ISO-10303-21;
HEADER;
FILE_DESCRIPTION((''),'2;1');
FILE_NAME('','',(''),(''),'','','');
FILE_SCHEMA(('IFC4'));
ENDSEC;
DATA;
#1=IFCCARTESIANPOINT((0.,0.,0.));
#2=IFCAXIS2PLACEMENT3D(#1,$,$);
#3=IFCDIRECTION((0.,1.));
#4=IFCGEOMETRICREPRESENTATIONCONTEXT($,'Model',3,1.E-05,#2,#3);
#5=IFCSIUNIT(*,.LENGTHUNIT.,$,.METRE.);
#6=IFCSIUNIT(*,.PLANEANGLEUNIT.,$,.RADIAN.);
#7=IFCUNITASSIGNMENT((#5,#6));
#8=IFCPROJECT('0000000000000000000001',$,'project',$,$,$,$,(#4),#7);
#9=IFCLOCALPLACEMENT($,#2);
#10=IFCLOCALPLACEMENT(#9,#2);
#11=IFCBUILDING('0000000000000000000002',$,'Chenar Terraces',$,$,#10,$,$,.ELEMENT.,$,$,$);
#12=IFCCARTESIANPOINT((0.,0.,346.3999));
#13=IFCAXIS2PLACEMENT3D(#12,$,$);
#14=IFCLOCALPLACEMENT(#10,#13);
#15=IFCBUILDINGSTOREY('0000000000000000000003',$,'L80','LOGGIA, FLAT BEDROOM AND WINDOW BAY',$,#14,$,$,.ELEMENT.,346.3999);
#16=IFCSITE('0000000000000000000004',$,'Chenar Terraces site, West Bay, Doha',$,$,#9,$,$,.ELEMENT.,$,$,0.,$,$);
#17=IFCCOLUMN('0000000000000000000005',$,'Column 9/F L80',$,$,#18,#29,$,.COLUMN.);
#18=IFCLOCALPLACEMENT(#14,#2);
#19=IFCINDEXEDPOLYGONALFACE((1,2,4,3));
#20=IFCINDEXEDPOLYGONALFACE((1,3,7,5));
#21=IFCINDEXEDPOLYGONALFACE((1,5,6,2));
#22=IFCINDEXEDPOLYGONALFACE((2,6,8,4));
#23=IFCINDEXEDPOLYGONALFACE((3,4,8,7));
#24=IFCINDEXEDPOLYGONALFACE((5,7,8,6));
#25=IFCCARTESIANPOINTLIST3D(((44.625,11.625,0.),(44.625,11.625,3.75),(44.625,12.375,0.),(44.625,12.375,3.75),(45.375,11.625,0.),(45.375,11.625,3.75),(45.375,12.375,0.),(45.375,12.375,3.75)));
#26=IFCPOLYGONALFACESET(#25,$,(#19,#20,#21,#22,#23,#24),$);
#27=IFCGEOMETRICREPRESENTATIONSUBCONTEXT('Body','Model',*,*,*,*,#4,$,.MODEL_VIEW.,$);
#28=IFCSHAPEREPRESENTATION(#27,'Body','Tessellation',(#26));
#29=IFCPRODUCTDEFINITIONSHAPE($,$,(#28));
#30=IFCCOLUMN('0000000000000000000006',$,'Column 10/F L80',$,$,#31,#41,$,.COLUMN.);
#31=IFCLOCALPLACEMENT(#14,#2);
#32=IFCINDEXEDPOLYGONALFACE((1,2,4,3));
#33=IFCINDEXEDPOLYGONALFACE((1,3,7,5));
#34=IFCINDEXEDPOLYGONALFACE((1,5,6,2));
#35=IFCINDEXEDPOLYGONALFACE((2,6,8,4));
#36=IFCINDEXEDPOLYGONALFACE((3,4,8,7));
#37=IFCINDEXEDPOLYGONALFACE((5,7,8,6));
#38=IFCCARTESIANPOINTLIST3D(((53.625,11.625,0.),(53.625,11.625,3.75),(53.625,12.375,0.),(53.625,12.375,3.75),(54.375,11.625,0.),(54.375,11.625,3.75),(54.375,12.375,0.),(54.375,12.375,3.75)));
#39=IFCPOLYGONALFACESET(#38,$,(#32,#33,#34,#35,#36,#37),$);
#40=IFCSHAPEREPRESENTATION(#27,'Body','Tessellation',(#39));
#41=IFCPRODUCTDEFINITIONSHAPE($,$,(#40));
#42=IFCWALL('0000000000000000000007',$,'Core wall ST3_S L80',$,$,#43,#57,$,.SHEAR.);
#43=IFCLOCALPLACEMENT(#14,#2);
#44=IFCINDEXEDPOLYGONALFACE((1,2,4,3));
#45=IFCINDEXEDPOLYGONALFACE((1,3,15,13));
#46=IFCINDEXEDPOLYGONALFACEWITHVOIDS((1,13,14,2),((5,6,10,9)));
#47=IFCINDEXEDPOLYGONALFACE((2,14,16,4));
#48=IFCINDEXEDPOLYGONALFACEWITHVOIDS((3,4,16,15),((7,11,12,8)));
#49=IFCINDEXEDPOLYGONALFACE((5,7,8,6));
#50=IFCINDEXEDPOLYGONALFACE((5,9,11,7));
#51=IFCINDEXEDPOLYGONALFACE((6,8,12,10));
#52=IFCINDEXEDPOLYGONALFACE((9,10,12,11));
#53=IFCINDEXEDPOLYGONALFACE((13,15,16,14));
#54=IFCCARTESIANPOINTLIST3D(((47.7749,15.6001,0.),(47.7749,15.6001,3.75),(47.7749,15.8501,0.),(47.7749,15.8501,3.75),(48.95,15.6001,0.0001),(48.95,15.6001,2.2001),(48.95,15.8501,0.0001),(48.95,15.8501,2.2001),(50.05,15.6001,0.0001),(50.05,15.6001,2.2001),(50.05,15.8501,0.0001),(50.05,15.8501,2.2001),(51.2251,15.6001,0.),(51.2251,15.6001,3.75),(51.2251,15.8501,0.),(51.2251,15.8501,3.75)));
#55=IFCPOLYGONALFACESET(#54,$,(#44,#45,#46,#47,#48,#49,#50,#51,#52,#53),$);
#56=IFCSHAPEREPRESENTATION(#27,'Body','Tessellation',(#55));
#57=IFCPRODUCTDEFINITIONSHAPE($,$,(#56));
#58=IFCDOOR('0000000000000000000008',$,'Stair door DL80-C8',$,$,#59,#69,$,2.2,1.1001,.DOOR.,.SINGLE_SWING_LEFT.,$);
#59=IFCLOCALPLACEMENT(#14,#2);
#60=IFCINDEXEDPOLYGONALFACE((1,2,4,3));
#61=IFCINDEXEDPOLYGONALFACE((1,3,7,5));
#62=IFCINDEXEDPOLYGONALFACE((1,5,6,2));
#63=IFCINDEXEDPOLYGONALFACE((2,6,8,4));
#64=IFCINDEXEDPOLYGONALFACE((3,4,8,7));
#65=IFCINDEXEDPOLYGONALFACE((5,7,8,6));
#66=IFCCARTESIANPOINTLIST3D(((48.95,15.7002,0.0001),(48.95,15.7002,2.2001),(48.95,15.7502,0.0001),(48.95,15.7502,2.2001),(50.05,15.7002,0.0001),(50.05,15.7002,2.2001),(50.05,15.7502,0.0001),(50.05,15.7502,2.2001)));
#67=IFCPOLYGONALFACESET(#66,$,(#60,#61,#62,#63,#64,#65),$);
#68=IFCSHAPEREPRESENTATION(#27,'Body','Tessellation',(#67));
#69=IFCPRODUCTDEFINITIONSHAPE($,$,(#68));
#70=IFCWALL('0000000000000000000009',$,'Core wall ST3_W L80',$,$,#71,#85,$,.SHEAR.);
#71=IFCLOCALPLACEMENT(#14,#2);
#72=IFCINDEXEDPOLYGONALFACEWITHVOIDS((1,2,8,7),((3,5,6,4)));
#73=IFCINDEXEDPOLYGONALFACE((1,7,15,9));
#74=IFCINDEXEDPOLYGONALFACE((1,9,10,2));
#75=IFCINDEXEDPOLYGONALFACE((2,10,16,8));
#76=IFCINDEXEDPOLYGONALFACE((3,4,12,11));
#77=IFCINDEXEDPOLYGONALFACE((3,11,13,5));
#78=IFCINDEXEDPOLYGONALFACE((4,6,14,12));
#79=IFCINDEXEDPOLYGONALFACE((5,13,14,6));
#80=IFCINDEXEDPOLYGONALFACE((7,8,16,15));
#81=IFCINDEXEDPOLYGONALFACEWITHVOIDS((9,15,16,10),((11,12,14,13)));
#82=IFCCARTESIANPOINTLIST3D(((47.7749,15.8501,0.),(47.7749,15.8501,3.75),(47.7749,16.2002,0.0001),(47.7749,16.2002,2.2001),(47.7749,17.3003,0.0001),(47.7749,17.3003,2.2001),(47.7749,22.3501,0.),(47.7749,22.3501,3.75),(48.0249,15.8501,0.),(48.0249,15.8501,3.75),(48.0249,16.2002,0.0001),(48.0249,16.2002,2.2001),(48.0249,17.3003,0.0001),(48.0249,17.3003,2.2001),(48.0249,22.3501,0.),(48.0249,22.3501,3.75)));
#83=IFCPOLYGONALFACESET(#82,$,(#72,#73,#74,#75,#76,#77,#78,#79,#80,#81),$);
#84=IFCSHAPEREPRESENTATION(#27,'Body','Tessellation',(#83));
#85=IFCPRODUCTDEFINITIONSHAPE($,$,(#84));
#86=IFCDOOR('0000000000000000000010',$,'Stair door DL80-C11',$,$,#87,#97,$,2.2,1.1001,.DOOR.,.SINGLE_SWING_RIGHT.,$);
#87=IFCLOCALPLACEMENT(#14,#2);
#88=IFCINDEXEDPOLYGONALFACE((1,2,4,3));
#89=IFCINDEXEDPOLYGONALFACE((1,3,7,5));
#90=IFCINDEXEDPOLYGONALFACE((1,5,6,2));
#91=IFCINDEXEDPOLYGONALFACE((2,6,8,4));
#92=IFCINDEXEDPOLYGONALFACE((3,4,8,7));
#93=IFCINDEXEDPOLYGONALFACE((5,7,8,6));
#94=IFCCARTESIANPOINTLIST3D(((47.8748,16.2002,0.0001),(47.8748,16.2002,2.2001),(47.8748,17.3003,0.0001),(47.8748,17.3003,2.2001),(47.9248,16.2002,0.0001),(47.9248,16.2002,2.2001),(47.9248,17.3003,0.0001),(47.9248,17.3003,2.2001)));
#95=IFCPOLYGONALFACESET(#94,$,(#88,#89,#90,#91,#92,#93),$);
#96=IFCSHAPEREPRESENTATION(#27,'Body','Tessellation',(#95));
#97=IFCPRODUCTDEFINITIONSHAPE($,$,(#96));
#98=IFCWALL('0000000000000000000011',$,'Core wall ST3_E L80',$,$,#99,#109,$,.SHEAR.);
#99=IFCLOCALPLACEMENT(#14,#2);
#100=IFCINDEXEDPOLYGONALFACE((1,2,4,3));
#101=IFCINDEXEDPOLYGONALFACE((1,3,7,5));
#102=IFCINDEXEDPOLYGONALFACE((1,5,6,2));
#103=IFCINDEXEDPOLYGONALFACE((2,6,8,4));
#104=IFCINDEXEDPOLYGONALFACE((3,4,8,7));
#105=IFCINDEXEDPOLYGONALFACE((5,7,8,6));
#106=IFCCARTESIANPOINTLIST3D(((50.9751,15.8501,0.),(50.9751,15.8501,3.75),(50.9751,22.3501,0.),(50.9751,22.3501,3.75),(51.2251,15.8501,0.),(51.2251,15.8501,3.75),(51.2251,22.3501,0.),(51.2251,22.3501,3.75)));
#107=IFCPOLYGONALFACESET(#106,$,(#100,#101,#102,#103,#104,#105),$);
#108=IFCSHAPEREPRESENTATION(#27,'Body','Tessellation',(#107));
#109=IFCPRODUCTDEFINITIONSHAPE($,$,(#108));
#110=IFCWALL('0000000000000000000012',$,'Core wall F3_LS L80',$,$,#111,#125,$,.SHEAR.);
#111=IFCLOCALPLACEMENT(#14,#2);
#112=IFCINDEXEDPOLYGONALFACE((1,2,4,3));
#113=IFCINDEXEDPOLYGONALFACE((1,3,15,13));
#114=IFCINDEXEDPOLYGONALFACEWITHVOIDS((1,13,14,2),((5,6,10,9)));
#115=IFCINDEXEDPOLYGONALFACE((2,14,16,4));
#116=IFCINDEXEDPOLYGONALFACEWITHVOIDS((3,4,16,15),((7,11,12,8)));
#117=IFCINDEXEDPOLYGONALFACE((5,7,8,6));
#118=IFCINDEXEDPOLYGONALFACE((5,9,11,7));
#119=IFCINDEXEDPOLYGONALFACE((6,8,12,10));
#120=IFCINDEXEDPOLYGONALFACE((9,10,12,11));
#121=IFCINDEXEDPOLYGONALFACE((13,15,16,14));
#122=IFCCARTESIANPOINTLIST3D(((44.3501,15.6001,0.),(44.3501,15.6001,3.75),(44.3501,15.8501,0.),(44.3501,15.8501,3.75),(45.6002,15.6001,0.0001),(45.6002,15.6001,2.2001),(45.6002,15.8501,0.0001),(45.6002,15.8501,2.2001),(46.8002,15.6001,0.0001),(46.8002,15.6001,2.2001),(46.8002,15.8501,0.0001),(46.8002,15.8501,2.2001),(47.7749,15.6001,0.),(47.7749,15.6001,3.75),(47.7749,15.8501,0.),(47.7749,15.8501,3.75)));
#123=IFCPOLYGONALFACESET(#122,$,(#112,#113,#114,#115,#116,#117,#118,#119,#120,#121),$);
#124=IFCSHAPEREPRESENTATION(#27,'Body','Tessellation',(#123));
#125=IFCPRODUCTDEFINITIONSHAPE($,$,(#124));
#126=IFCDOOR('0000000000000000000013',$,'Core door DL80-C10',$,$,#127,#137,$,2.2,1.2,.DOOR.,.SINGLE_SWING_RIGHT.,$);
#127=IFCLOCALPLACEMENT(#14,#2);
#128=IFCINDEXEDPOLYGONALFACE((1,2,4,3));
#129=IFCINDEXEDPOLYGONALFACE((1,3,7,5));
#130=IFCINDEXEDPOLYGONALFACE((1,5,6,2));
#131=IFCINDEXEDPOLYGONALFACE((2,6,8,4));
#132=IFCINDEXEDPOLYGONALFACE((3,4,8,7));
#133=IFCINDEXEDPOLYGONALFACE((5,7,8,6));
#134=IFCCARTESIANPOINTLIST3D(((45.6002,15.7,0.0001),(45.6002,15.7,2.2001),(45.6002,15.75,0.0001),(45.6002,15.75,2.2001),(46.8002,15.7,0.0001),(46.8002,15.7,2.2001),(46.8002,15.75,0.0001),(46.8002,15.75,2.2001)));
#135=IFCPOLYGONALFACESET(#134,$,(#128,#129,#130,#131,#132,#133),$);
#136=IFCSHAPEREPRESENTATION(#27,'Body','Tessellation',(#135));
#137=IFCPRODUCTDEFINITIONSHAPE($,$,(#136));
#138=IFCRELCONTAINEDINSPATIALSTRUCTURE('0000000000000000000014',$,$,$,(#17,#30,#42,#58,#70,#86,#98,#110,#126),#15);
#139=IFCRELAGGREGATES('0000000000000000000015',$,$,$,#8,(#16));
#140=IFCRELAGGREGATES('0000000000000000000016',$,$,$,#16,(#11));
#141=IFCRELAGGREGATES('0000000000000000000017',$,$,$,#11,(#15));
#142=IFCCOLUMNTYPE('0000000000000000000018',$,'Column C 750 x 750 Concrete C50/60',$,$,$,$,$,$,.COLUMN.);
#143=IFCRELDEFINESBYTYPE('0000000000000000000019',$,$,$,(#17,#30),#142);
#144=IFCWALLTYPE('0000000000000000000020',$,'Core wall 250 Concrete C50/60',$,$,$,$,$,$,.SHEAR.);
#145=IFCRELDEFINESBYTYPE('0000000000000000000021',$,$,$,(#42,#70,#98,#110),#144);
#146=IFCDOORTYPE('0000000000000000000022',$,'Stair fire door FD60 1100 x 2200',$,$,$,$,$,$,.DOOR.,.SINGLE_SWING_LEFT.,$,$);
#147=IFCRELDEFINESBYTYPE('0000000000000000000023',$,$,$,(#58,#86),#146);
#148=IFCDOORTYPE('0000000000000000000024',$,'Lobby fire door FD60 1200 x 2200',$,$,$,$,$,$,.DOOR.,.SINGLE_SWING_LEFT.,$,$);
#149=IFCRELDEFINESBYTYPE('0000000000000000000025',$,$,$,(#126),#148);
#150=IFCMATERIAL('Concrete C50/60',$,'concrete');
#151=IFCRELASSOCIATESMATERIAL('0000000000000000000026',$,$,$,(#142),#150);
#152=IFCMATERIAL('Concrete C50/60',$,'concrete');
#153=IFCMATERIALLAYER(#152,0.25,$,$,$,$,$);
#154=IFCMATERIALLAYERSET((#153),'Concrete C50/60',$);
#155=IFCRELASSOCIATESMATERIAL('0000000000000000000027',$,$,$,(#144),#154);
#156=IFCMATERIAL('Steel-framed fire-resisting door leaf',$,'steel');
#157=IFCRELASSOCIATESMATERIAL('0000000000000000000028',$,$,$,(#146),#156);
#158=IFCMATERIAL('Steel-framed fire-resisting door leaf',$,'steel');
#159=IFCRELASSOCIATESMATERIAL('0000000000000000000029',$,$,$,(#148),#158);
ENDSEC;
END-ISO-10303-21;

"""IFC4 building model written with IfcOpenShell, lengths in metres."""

from ifc_helpers import new_model, si_unit, direction, frame, frame_2d, origin, origin_2d, place, context, subcontext, project, spatial, rectangle, extrude, material, layer, layer_set, material_profile, profile_set, type_object, element, fill, save


model = new_model("IFC4")

# Units and contexts
model_context = context("Model", 3, precision=1e-05, world=origin(), true_north=direction((0.0, 1.0)))
body_context = subcontext(model_context, "Body", "Model", "MODEL_VIEW")
ifc_project = project(units=[si_unit("LENGTHUNIT", "METRE"), si_unit("PLANEANGLEUNIT", "RADIAN")], contexts=[model_context])

# Site, building, storey
site_placement = place(None, origin())
site = spatial("IfcSite", under=ifc_project, at=site_placement, Name="Chenar Terraces site, West Bay, Doha", CompositionType="ELEMENT", RefElevation=0.0)
building_placement = place(site_placement, origin())
building = spatial("IfcBuilding", under=site, at=building_placement, Name="Chenar Terraces", CompositionType="ELEMENT")
storey_placement = place(building_placement, frame((0.0, 0.0, 346.3999)))
storey = spatial("IfcBuildingStorey", under=building, at=storey_placement, Name="L80", Description="LOGGIA, FLAT BEDROOM AND WINDOW BAY", CompositionType="ELEMENT", Elevation=346.3999)

# Columns
ifc_material_1 = material(Name="Concrete C50/60", Category="concrete")
ifc_material_profile_1 = material_profile(ifc_material_1, rectangle(XDim=0.75, YDim=0.75, at=origin_2d()), Name="C 750 x 750")
ifc_profile_set_1 = profile_set([ifc_material_profile_1], Name="Concrete C50/60")
column_type = type_object("IfcColumnType", Name="Column C 750 x 750 Concrete C50/60", PredefinedType="COLUMN", material=ifc_profile_set_1)
for number, where, z_axis, x_axis, name in (
    (1, (45.0, 12.0, 0.0), (0.0, 0.0, 1.0), (1.0, 0.0, 0.0), "Column 9/F L80"),
    (2, (54.0, 12.0, 0.0), (0.0, 0.0, 1.0), (1.0, 0.0, 0.0), "Column 10/F L80"),
):
    element("IfcColumn", number, at=place(storey_placement, frame(where, z_axis=z_axis, x_axis=x_axis)), inside=storey, type_object=column_type, Name=name, PredefinedType="COLUMN", context=body_context, shape_type="SweptSolid", body=[
        extrude(rectangle(XDim=0.75, YDim=0.75, at=origin_2d()), origin(), (0.0, 0.0, 1.0), 3.75),
    ])

# Walls, openings, doors
ifc_material_2 = material(Name="Concrete C50/60", Category="concrete")
ifc_layer_1 = layer(ifc_material_2, 0.25)
ifc_layer_set_1 = layer_set([ifc_layer_1], Name="Concrete C50/60")
wall_type_1 = type_object("IfcWallType", Name="Core wall 250 Concrete C50/60", PredefinedType="SHEAR", material=ifc_layer_set_1)
wall_1_placement = place(storey_placement, frame((47.7749, 15.7251, 0.0), z_axis=(0.0, 0.0, 1.0), x_axis=(1.0, 0.0, 0.0)))
wall_1 = element("IfcWall", 3, at=wall_1_placement, inside=storey, type_object=wall_type_1, Name="Core wall ST3_S L80", PredefinedType="SHEAR", context=body_context, shape_type="SweptSolid", body=[
    extrude(rectangle(XDim=3.4502, YDim=0.25, at=frame_2d((1.7251, 0.0))), origin(), (0.0, 0.0, 1.0), 3.75),
])
opening_1_placement = place(wall_1_placement, frame((1.175, 0.0, 0.0)))
opening_1 = element("IfcOpeningElement", 4, at=opening_1_placement, cuts=wall_1, PredefinedType="OPENING", context=body_context, shape_type="SweptSolid", body=[
    extrude(rectangle(XDim=1.1001, YDim=2.2, at=frame_2d((0.55, 1.1001))), frame((0.0, 0.135, 0.0), z_axis=(0.0, -1.0, 0.0), x_axis=(1.0, 0.0, 0.0)), (0.0, 0.0, 1.0), 0.27),
])
ifc_material_3 = material(Name="Steel-framed fire-resisting door leaf", Category="steel")
door_type_1 = type_object("IfcDoorType", Name="Stair fire door FD60 1100 x 2200", OperationType="SINGLE_SWING_LEFT", PredefinedType="DOOR", material=ifc_material_3)
door_1_placement = place(opening_1_placement, frame((1.1001, 0.0, 0.0), z_axis=(0.0, 0.0, 1.0), x_axis=(-1.0, 0.0, 0.0)))
door_1 = element("IfcDoor", 5, at=door_1_placement, inside=storey, type_object=door_type_1, Name="Stair door DL80-C8", OperationType="SINGLE_SWING_LEFT", OverallHeight=2.2, OverallWidth=1.1001, PredefinedType="DOOR", context=body_context, shape_type="SweptSolid", body=[
    extrude(rectangle(XDim=1.1001, YDim=2.2, at=frame_2d((0.55, 1.1001))), frame((0.0, 0.0249, 0.0), z_axis=(0.0, -1.0, 0.0), x_axis=(1.0, 0.0, 0.0)), (0.0, 0.0, 1.0), 0.05),
])
fill(opening_1, door_1)
wall_2_placement = place(storey_placement, frame((47.8999, 15.8501, 0.0), z_axis=(0.0, 0.0, 1.0), x_axis=(0.0, 1.0, 0.0)))
wall_2 = element("IfcWall", 6, at=wall_2_placement, inside=storey, type_object=wall_type_1, Name="Core wall ST3_W L80", PredefinedType="SHEAR", context=body_context, shape_type="SweptSolid", body=[
    extrude(rectangle(XDim=6.5, YDim=0.25, at=frame_2d((3.25, 0.0))), origin(), (0.0, 0.0, 1.0), 3.75),
])
opening_2_placement = place(wall_2_placement, frame((0.3501, 0.0, 0.0)))
opening_2 = element("IfcOpeningElement", 7, at=opening_2_placement, cuts=wall_2, PredefinedType="OPENING", context=body_context, shape_type="SweptSolid", body=[
    extrude(rectangle(XDim=1.1001, YDim=2.2, at=frame_2d((0.55, 1.1001))), frame((0.0, 0.135, 0.0), z_axis=(0.0, -1.0, 0.0), x_axis=(1.0, 0.0, 0.0)), (0.0, 0.0, 1.0), 0.27),
])
door_2_placement = place(opening_2_placement, frame((1.1001, 0.0, 0.0), z_axis=(0.0, 0.0, 1.0), x_axis=(-1.0, 0.0, 0.0)))
door_2 = element("IfcDoor", 8, at=door_2_placement, inside=storey, type_object=door_type_1, Name="Stair door DL80-C11", OperationType="SINGLE_SWING_RIGHT", OverallHeight=2.2, OverallWidth=1.1001, PredefinedType="DOOR", context=body_context, shape_type="SweptSolid", body=[
    extrude(rectangle(XDim=1.1001, YDim=2.2, at=frame_2d((0.55, 1.1001))), frame((0.0, 0.0249, 0.0), z_axis=(0.0, -1.0, 0.0), x_axis=(1.0, 0.0, 0.0)), (0.0, 0.0, 1.0), 0.05),
])
fill(opening_2, door_2)

# Wall
wall_3_placement = place(storey_placement, frame((51.1001, 15.8501, 0.0), z_axis=(0.0, 0.0, 1.0), x_axis=(0.0, 1.0, 0.0)))
element("IfcWall", 9, at=wall_3_placement, inside=storey, type_object=wall_type_1, Name="Core wall ST3_E L80", PredefinedType="SHEAR", context=body_context, shape_type="SweptSolid", body=[
    extrude(rectangle(XDim=6.5, YDim=0.25, at=frame_2d((3.25, 0.0))), origin(), (0.0, 0.0, 1.0), 3.75),
])

# Wall, opening, door
wall_4_placement = place(storey_placement, frame((44.3501, 15.7251, 0.0), z_axis=(0.0, 0.0, 1.0), x_axis=(1.0, 0.0, 0.0)))
wall_4 = element("IfcWall", 10, at=wall_4_placement, inside=storey, type_object=wall_type_1, Name="Core wall F3_LS L80", PredefinedType="SHEAR", context=body_context, shape_type="SweptSolid", body=[
    extrude(rectangle(XDim=3.4248, YDim=0.25, at=frame_2d((1.7124, 0.0))), origin(), (0.0, 0.0, 1.0), 3.75),
])
opening_3_placement = place(wall_4_placement, frame((1.25, 0.0, 0.0)))
opening_3 = element("IfcOpeningElement", 11, at=opening_3_placement, cuts=wall_4, PredefinedType="OPENING", context=body_context, shape_type="SweptSolid", body=[
    extrude(rectangle(XDim=1.2, YDim=2.2, at=frame_2d((0.6001, 1.1001))), frame((0.0, 0.135, 0.0), z_axis=(0.0, -1.0, 0.0), x_axis=(1.0, 0.0, 0.0)), (0.0, 0.0, 1.0), 0.27),
])
ifc_material_4 = material(Name="Steel-framed fire-resisting door leaf", Category="steel")
door_type_2 = type_object("IfcDoorType", Name="Lobby fire door FD60 1200 x 2200", OperationType="SINGLE_SWING_LEFT", PredefinedType="DOOR", material=ifc_material_4)
door_3_placement = place(opening_3_placement, origin())
door_3 = element("IfcDoor", 12, at=door_3_placement, inside=storey, type_object=door_type_2, Name="Core door DL80-C10", OperationType="SINGLE_SWING_RIGHT", OverallHeight=2.2, OverallWidth=1.2, PredefinedType="DOOR", context=body_context, shape_type="SweptSolid", body=[
    extrude(rectangle(XDim=1.2, YDim=2.2, at=frame_2d((0.6001, 1.1001))), frame((0.0, 0.0249, 0.0), z_axis=(0.0, -1.0, 0.0), x_axis=(1.0, 0.0, 0.0)), (0.0, 0.0, 1.0), 0.05),
])
fill(opening_3, door_3)

save(model, "model.ifc")
